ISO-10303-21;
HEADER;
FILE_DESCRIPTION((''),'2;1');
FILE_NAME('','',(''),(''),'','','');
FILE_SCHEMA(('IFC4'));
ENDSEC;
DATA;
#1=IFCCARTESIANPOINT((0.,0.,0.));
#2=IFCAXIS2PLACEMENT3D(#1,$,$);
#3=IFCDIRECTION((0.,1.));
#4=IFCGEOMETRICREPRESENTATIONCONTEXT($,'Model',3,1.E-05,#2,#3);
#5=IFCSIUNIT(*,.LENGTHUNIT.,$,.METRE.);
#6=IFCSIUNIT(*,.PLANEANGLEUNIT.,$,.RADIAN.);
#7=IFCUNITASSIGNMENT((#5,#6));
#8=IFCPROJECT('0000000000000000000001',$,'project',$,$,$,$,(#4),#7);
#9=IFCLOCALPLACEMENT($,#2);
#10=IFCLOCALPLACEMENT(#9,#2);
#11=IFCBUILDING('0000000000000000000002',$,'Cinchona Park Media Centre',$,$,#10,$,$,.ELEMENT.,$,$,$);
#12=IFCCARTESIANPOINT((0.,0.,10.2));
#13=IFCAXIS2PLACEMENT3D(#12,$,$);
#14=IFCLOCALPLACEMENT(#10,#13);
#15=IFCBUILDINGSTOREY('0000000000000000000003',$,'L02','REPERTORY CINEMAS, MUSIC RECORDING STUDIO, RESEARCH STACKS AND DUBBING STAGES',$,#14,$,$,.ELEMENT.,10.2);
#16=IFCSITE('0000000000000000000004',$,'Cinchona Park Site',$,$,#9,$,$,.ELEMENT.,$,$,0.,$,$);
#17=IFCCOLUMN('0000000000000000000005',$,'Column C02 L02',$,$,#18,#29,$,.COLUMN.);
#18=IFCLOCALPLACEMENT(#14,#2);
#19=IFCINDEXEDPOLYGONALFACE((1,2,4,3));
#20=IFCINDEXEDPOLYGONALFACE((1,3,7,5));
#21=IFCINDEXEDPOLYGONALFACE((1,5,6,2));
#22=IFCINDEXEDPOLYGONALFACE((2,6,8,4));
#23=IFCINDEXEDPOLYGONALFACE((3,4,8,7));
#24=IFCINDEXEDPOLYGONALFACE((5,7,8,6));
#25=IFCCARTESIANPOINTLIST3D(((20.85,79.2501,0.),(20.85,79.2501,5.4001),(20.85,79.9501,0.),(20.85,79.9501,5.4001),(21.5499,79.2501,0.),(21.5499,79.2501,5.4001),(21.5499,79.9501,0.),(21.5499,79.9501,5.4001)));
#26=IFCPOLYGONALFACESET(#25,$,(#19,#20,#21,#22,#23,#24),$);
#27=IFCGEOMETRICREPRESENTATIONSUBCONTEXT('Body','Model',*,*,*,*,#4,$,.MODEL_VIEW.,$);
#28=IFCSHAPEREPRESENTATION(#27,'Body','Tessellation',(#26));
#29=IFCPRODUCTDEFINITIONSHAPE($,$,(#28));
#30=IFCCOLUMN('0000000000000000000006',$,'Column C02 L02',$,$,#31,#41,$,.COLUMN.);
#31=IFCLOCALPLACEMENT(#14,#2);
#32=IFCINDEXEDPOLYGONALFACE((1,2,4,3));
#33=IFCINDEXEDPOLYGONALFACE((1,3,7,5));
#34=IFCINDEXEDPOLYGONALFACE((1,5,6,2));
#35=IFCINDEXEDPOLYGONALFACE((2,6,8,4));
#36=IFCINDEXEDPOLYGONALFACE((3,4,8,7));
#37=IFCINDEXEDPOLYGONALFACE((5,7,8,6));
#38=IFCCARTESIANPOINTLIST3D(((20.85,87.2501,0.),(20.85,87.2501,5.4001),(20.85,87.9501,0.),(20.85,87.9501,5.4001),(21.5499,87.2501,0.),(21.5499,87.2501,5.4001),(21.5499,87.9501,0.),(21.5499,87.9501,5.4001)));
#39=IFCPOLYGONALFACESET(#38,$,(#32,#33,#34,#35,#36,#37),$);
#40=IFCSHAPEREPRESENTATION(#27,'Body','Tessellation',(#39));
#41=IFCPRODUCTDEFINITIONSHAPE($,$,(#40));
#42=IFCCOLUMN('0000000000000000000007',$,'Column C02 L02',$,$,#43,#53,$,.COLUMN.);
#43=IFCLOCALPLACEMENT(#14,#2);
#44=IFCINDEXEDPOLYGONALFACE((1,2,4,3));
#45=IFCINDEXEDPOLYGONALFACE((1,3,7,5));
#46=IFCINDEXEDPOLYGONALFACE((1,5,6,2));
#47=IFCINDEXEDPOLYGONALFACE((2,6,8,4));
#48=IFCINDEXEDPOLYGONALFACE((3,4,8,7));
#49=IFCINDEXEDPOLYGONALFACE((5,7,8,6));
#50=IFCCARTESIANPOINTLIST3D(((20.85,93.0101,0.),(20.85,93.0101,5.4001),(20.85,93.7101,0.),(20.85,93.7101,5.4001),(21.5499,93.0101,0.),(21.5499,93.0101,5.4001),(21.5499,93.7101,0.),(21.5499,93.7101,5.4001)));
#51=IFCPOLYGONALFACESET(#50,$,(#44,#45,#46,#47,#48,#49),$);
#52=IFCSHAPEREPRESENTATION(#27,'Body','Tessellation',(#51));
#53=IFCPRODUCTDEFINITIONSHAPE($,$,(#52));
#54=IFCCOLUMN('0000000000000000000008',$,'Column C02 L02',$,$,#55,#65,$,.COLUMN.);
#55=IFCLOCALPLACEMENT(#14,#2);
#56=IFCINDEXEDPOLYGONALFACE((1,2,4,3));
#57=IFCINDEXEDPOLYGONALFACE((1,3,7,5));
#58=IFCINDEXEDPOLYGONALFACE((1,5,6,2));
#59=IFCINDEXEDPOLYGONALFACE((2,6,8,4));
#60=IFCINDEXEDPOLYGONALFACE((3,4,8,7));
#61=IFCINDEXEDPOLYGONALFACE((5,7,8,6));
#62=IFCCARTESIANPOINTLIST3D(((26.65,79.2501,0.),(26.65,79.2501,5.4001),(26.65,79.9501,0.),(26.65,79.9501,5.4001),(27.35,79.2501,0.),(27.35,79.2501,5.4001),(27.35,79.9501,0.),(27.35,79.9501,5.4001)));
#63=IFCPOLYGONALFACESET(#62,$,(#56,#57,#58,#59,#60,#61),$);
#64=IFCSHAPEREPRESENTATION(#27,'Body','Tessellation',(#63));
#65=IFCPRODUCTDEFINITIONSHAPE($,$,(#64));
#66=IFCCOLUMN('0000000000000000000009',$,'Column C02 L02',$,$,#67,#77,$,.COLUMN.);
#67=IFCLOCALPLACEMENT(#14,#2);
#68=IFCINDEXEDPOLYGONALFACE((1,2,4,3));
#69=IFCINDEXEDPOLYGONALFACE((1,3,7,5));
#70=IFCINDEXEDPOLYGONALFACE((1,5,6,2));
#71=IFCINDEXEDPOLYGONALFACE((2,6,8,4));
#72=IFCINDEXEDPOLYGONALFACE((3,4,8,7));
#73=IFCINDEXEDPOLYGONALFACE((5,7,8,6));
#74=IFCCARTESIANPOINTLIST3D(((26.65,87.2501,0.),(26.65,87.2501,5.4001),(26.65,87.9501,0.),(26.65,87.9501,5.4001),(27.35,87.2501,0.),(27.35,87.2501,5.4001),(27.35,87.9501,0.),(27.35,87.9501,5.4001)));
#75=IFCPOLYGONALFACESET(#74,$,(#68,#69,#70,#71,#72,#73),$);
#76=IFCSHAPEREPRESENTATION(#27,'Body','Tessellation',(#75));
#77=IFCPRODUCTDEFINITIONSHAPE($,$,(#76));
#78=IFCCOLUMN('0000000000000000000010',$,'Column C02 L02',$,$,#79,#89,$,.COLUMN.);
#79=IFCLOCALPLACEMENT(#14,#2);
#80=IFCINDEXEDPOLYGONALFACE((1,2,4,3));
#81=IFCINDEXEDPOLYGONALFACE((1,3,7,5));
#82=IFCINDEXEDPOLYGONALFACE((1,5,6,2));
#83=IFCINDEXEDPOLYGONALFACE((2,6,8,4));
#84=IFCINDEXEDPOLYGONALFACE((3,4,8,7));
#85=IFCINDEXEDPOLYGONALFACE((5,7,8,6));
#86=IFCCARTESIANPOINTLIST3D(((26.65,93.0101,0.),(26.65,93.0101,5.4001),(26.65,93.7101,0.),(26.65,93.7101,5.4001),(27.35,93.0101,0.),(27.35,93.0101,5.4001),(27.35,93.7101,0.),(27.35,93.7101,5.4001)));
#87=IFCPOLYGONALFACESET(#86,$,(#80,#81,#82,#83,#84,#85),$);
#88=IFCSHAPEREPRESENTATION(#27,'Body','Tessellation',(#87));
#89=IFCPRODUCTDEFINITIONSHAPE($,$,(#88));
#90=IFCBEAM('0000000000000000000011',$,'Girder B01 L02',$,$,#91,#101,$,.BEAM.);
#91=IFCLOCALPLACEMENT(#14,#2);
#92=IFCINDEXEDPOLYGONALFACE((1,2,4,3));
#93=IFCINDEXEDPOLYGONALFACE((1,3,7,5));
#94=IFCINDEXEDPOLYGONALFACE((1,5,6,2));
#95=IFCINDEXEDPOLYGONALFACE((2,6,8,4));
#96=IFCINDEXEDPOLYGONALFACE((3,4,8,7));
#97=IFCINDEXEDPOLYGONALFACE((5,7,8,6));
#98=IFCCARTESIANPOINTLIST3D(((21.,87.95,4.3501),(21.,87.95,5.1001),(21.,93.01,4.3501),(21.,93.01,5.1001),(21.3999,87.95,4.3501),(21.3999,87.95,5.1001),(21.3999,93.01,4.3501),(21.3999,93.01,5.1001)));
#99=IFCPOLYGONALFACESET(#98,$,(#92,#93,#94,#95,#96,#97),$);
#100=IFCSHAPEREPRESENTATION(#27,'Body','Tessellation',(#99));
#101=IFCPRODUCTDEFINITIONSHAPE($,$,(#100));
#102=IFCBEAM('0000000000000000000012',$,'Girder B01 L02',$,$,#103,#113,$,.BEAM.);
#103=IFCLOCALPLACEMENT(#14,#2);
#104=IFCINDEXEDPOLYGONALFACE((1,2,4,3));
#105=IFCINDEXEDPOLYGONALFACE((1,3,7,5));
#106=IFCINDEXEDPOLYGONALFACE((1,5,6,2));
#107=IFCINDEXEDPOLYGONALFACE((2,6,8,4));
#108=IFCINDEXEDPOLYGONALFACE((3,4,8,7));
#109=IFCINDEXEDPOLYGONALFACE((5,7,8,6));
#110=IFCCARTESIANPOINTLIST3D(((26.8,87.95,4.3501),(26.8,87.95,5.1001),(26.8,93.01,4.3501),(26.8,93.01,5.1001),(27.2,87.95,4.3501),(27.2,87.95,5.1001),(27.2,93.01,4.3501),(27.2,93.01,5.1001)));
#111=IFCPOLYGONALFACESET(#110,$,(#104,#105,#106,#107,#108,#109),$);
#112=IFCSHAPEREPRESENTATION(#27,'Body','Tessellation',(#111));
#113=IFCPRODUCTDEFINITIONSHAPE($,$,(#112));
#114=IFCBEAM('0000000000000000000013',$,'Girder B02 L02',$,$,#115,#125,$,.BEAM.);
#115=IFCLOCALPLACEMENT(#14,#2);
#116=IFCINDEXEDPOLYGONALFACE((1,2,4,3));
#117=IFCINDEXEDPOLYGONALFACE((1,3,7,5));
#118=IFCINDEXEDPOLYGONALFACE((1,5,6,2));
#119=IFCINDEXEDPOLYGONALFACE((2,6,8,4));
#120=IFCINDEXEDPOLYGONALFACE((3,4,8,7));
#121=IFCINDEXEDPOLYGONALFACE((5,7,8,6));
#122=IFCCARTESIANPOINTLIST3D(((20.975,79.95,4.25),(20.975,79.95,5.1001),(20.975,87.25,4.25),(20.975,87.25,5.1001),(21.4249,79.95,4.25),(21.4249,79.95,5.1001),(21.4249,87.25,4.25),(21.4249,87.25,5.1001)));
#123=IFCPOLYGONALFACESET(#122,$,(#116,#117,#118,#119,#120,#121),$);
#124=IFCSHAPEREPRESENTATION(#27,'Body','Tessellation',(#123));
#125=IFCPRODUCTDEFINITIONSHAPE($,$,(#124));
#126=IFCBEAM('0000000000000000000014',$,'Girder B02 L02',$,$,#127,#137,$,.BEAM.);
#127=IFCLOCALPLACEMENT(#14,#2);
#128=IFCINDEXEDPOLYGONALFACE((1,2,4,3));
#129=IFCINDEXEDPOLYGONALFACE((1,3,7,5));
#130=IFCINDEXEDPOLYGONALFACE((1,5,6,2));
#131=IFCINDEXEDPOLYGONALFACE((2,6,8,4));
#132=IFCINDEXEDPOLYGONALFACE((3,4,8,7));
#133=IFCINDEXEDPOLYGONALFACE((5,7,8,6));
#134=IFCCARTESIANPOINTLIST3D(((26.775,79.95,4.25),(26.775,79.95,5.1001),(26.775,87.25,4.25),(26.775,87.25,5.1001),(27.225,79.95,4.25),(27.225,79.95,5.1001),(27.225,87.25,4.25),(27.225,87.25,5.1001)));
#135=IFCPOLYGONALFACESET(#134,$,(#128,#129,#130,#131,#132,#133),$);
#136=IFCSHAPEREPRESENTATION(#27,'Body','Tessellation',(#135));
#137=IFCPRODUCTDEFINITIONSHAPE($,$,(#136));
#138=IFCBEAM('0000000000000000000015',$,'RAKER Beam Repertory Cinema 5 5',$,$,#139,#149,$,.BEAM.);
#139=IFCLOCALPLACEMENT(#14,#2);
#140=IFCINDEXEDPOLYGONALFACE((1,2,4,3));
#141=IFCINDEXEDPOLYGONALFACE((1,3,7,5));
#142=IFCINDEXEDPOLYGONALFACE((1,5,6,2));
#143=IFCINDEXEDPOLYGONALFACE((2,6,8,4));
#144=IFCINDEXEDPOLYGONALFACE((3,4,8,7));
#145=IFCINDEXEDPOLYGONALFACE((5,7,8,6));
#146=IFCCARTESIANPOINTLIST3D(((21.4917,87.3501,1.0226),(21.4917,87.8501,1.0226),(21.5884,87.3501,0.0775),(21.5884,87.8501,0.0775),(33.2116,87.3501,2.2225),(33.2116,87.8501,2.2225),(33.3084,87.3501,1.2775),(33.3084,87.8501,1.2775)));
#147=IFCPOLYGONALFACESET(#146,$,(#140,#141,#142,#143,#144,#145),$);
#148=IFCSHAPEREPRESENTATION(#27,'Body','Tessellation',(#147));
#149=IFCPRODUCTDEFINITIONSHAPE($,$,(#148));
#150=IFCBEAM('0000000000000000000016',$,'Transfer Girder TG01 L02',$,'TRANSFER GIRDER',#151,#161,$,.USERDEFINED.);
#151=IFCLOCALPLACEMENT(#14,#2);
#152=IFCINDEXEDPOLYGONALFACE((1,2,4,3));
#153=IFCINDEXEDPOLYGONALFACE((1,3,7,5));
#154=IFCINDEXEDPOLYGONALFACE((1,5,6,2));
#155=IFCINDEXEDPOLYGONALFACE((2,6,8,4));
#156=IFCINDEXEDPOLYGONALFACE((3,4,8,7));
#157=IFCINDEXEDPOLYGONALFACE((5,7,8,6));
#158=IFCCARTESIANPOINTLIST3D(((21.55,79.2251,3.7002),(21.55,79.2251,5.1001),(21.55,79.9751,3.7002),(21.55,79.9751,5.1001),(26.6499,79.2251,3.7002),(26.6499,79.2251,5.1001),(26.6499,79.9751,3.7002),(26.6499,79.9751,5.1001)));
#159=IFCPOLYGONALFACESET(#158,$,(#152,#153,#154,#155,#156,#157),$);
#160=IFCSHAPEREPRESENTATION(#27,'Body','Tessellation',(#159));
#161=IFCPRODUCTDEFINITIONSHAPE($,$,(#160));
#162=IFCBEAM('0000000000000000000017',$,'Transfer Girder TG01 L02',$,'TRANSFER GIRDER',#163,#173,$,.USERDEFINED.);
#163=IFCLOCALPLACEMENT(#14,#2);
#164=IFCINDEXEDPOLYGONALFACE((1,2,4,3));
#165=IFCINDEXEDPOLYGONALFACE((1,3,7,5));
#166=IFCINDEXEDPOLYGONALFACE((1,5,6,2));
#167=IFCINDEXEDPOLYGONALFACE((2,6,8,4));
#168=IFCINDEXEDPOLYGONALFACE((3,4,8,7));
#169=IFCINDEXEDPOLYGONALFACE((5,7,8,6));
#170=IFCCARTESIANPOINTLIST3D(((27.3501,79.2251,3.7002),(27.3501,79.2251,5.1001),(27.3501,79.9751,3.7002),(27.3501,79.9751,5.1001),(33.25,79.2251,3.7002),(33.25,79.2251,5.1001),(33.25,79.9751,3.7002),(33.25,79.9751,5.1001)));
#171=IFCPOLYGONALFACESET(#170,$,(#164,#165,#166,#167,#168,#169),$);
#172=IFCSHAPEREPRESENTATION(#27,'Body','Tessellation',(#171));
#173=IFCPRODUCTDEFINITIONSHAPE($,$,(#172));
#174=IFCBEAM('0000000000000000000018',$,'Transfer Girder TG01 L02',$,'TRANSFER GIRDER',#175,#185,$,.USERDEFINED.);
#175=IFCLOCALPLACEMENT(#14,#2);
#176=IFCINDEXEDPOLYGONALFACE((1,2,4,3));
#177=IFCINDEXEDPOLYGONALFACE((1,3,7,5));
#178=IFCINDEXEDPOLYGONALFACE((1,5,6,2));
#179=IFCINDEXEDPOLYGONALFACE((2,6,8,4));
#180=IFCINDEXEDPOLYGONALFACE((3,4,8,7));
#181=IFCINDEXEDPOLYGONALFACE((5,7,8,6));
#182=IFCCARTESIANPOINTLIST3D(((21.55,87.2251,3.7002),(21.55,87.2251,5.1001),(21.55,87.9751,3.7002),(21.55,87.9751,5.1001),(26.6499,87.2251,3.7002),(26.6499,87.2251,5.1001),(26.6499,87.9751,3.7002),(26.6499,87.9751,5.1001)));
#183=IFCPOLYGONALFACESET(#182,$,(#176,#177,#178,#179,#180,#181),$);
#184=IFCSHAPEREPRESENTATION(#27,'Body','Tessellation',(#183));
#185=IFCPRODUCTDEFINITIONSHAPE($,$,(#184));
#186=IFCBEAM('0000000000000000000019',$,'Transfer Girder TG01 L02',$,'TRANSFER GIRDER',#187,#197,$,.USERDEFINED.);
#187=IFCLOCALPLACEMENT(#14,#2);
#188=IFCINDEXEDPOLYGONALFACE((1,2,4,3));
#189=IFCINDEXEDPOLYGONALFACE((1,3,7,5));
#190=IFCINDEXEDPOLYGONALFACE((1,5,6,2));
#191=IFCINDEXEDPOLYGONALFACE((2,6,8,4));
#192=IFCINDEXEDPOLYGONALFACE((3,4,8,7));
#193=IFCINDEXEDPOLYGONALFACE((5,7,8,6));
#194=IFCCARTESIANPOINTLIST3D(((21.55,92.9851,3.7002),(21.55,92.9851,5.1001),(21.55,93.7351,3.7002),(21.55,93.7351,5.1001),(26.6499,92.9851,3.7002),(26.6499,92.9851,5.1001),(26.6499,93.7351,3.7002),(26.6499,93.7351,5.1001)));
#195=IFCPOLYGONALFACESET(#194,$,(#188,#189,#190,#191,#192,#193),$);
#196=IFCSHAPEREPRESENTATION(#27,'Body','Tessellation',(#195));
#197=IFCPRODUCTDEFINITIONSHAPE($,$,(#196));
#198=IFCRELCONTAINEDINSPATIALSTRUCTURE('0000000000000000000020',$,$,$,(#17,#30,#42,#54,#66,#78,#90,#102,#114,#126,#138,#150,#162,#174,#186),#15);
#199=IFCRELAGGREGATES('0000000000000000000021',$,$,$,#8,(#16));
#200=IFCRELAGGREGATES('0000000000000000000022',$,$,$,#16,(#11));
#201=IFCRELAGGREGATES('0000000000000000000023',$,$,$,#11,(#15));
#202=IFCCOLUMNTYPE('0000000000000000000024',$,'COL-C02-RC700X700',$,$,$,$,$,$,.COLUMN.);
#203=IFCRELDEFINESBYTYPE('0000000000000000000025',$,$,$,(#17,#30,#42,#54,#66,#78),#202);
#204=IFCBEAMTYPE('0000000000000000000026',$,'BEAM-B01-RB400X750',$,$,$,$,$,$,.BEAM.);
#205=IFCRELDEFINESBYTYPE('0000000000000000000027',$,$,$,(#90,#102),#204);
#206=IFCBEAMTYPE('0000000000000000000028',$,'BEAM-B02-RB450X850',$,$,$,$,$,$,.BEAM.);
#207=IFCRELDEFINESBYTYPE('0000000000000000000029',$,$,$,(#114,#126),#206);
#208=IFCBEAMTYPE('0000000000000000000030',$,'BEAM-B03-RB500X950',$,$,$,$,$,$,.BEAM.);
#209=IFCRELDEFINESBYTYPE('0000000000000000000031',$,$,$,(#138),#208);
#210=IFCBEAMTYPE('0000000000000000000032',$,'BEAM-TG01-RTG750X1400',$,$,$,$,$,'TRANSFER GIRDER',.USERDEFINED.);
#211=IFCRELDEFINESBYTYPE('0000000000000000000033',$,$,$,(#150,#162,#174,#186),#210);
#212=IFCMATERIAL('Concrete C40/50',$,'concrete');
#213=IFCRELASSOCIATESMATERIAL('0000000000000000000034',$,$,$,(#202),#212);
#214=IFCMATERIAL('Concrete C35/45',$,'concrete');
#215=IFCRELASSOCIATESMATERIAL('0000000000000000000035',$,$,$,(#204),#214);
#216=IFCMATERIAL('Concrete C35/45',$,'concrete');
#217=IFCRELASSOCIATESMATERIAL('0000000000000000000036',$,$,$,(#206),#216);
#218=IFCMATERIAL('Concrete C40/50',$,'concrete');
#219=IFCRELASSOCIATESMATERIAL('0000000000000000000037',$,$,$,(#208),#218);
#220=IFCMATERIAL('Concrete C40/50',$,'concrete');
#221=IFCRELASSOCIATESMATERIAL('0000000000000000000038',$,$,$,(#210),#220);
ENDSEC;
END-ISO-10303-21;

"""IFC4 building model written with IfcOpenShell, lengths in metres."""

from ifc_helpers import new_model, si_unit, direction, frame, origin, origin_2d, place, context, subcontext, project, spatial, rectangle, extrude, material, material_profile, profile_set, type_object, element, save


model = new_model("IFC4")

# Units and contexts
model_context = context("Model", 3, precision=1e-05, world=origin(), true_north=direction((0.0, 1.0)))
body_context = subcontext(model_context, "Body", "Model", "MODEL_VIEW")
ifc_project = project(units=[si_unit("LENGTHUNIT", "METRE"), si_unit("PLANEANGLEUNIT", "RADIAN")], contexts=[model_context])

# Site, building, storey
site_placement = place(None, origin())
site = spatial("IfcSite", under=ifc_project, at=site_placement, Name="Cinchona Park Site", CompositionType="ELEMENT", RefElevation=0.0)
building_placement = place(site_placement, origin())
building = spatial("IfcBuilding", under=site, at=building_placement, Name="Cinchona Park Media Centre", CompositionType="ELEMENT")
storey_placement = place(building_placement, frame((0.0, 0.0, 10.2)))
storey = spatial("IfcBuildingStorey", under=building, at=storey_placement, Name="L02", Description="REPERTORY CINEMAS, MUSIC RECORDING STUDIO, RESEARCH STACKS AND DUBBING STAGES", CompositionType="ELEMENT", Elevation=10.2)

# Columns
ifc_material_1 = material(Name="Concrete C40/50", Category="concrete")
ifc_material_profile_1 = material_profile(ifc_material_1, rectangle(XDim=0.7, YDim=0.7, at=origin_2d()), Name="RC 700X700")
ifc_profile_set_1 = profile_set([ifc_material_profile_1], Name="Concrete C40/50")
column_type = type_object("IfcColumnType", Name="COL-C02-RC700X700", PredefinedType="COLUMN", material=ifc_profile_set_1)
for number, where, z_axis, x_axis, name in (
    (1, (21.2, 79.6001, 0.0), (0.0, 0.0, 1.0), (1.0, 0.0, 0.0), "Column C02 L02"),
    (2, (21.2, 87.6001, 0.0), (0.0, 0.0, 1.0), (1.0, 0.0, 0.0), "Column C02 L02"),
    (3, (21.2, 93.3601, 0.0), (0.0, 0.0, 1.0), (1.0, 0.0, 0.0), "Column C02 L02"),
    (4, (27.0, 79.6001, 0.0), (0.0, 0.0, 1.0), (1.0, 0.0, 0.0), "Column C02 L02"),
    (5, (27.0, 87.6001, 0.0), (0.0, 0.0, 1.0), (1.0, 0.0, 0.0), "Column C02 L02"),
    (6, (27.0, 93.3601, 0.0), (0.0, 0.0, 1.0), (1.0, 0.0, 0.0), "Column C02 L02"),
):
    element("IfcColumn", number, at=place(storey_placement, frame(where, z_axis=z_axis, x_axis=x_axis)), inside=storey, type_object=column_type, Name=name, PredefinedType="COLUMN", context=body_context, shape_type="SweptSolid", body=[
        extrude(rectangle(XDim=0.7, YDim=0.7, at=origin_2d()), origin(), (0.0, 0.0, 1.0), 5.4001),
    ])

# Beams
ifc_material_2 = material(Name="Concrete C35/45", Category="concrete")
ifc_material_profile_2 = material_profile(ifc_material_2, rectangle(XDim=0.3999, YDim=0.75, at=origin_2d()), Name="RB 400X750")
ifc_profile_set_2 = profile_set([ifc_material_profile_2], Name="Concrete C35/45")
beam_type_1 = type_object("IfcBeamType", Name="BEAM-B01-RB400X750", PredefinedType="BEAM", material=ifc_profile_set_2)
for number, where, z_axis, x_axis, name in (
    (7, (21.2, 87.95, 4.7251), (0.0, 1.0, 0.0), (-1.0, 0.0, 0.0), "Girder B01 L02"),
    (8, (27.0, 87.95, 4.7251), (0.0, 1.0, 0.0), (-1.0, 0.0, 0.0), "Girder B01 L02"),
):
    element("IfcBeam", number, at=place(storey_placement, frame(where, z_axis=z_axis, x_axis=x_axis)), inside=storey, type_object=beam_type_1, Name=name, PredefinedType="BEAM", context=body_context, shape_type="SweptSolid", body=[
        extrude(rectangle(XDim=0.3999, YDim=0.75, at=origin_2d()), origin(), (0.0, 0.0, 1.0), 5.0601),
    ])
ifc_material_3 = material(Name="Concrete C35/45", Category="concrete")
ifc_material_profile_3 = material_profile(ifc_material_3, rectangle(XDim=0.45, YDim=0.8501, at=origin_2d()), Name="RB 450X850")
ifc_profile_set_3 = profile_set([ifc_material_profile_3], Name="Concrete C35/45")
beam_type_2 = type_object("IfcBeamType", Name="BEAM-B02-RB450X850", PredefinedType="BEAM", material=ifc_profile_set_3)
for number, where, z_axis, x_axis, name in (
    (9, (21.2, 79.95, 4.675), (0.0, 1.0, 0.0), (-1.0, 0.0, 0.0), "Girder B02 L02"),
    (10, (27.0, 79.95, 4.675), (0.0, 1.0, 0.0), (-1.0, 0.0, 0.0), "Girder B02 L02"),
):
    element("IfcBeam", number, at=place(storey_placement, frame(where, z_axis=z_axis, x_axis=x_axis)), inside=storey, type_object=beam_type_2, Name=name, PredefinedType="BEAM", context=body_context, shape_type="SweptSolid", body=[
        extrude(rectangle(XDim=0.45, YDim=0.8501, at=origin_2d()), origin(), (0.0, 0.0, 1.0), 7.3),
    ])
ifc_material_4 = material(Name="Concrete C40/50", Category="concrete")
ifc_material_profile_4 = material_profile(ifc_material_4, rectangle(XDim=0.5, YDim=0.95, at=origin_2d()), Name="RB 500X950")
ifc_profile_set_4 = profile_set([ifc_material_profile_4], Name="Concrete C40/50")
beam_type_3 = type_object("IfcBeamType", Name="BEAM-B03-RB500X950", PredefinedType="BEAM", material=ifc_profile_set_4)
beam_1_placement = place(storey_placement, frame((21.54, 87.6001, 0.55), z_axis=(0.994799, 0.0, 0.101853), x_axis=(0.0, 1.0, 0.0)))
element("IfcBeam", 11, at=beam_1_placement, inside=storey, type_object=beam_type_3, Name="RAKER Beam Repertory Cinema 5 5", PredefinedType="BEAM", context=body_context, shape_type="SweptSolid", body=[
    extrude(rectangle(XDim=0.5, YDim=0.95, at=origin_2d()), origin(), (0.0, 0.0, 1.0), 11.7812),
])
ifc_material_5 = material(Name="Concrete C40/50", Category="concrete")
ifc_material_profile_5 = material_profile(ifc_material_5, rectangle(XDim=0.75, YDim=1.3999, at=origin_2d()), Name="RTG 750X1400")
ifc_profile_set_5 = profile_set([ifc_material_profile_5], Name="Concrete C40/50")
beam_type_4 = type_object("IfcBeamType", Name="BEAM-TG01-RTG750X1400", ElementType="TRANSFER GIRDER", PredefinedType="USERDEFINED", material=ifc_profile_set_5)
beam_2_placement = place(storey_placement, frame((21.55, 79.6001, 4.4001), z_axis=(1.0, 0.0, 0.0), x_axis=(0.0, 1.0, 0.0)))
element("IfcBeam", 12, at=beam_2_placement, inside=storey, type_object=beam_type_4, Name="Transfer Girder TG01 L02", ObjectType="TRANSFER GIRDER", PredefinedType="USERDEFINED", context=body_context, shape_type="SweptSolid", body=[
    extrude(rectangle(XDim=0.75, YDim=1.3999, at=origin_2d()), origin(), (0.0, 0.0, 1.0), 5.0999),
])
beam_3_placement = place(storey_placement, frame((27.3501, 79.6001, 4.4001), z_axis=(1.0, 0.0, 0.0), x_axis=(0.0, 1.0, 0.0)))
element("IfcBeam", 13, at=beam_3_placement, inside=storey, type_object=beam_type_4, Name="Transfer Girder TG01 L02", ObjectType="TRANSFER GIRDER", PredefinedType="USERDEFINED", context=body_context, shape_type="SweptSolid", body=[
    extrude(rectangle(XDim=0.75, YDim=1.3999, at=origin_2d()), origin(), (0.0, 0.0, 1.0), 5.8999),
])
for number, where, z_axis, x_axis, name in (
    (14, (21.55, 87.6001, 4.4001), (1.0, 0.0, 0.0), (0.0, 1.0, 0.0), "Transfer Girder TG01 L02"),
    (15, (21.55, 93.3601, 4.4001), (1.0, 0.0, 0.0), (0.0, 1.0, 0.0), "Transfer Girder TG01 L02"),
):
    element("IfcBeam", number, at=place(storey_placement, frame(where, z_axis=z_axis, x_axis=x_axis)), inside=storey, type_object=beam_type_4, Name=name, ObjectType="TRANSFER GIRDER", PredefinedType="USERDEFINED", context=body_context, shape_type="SweptSolid", body=[
        extrude(rectangle(XDim=0.75, YDim=1.3999, at=origin_2d()), origin(), (0.0, 0.0, 1.0), 5.0999),
    ])

save(model, "model.ifc")
